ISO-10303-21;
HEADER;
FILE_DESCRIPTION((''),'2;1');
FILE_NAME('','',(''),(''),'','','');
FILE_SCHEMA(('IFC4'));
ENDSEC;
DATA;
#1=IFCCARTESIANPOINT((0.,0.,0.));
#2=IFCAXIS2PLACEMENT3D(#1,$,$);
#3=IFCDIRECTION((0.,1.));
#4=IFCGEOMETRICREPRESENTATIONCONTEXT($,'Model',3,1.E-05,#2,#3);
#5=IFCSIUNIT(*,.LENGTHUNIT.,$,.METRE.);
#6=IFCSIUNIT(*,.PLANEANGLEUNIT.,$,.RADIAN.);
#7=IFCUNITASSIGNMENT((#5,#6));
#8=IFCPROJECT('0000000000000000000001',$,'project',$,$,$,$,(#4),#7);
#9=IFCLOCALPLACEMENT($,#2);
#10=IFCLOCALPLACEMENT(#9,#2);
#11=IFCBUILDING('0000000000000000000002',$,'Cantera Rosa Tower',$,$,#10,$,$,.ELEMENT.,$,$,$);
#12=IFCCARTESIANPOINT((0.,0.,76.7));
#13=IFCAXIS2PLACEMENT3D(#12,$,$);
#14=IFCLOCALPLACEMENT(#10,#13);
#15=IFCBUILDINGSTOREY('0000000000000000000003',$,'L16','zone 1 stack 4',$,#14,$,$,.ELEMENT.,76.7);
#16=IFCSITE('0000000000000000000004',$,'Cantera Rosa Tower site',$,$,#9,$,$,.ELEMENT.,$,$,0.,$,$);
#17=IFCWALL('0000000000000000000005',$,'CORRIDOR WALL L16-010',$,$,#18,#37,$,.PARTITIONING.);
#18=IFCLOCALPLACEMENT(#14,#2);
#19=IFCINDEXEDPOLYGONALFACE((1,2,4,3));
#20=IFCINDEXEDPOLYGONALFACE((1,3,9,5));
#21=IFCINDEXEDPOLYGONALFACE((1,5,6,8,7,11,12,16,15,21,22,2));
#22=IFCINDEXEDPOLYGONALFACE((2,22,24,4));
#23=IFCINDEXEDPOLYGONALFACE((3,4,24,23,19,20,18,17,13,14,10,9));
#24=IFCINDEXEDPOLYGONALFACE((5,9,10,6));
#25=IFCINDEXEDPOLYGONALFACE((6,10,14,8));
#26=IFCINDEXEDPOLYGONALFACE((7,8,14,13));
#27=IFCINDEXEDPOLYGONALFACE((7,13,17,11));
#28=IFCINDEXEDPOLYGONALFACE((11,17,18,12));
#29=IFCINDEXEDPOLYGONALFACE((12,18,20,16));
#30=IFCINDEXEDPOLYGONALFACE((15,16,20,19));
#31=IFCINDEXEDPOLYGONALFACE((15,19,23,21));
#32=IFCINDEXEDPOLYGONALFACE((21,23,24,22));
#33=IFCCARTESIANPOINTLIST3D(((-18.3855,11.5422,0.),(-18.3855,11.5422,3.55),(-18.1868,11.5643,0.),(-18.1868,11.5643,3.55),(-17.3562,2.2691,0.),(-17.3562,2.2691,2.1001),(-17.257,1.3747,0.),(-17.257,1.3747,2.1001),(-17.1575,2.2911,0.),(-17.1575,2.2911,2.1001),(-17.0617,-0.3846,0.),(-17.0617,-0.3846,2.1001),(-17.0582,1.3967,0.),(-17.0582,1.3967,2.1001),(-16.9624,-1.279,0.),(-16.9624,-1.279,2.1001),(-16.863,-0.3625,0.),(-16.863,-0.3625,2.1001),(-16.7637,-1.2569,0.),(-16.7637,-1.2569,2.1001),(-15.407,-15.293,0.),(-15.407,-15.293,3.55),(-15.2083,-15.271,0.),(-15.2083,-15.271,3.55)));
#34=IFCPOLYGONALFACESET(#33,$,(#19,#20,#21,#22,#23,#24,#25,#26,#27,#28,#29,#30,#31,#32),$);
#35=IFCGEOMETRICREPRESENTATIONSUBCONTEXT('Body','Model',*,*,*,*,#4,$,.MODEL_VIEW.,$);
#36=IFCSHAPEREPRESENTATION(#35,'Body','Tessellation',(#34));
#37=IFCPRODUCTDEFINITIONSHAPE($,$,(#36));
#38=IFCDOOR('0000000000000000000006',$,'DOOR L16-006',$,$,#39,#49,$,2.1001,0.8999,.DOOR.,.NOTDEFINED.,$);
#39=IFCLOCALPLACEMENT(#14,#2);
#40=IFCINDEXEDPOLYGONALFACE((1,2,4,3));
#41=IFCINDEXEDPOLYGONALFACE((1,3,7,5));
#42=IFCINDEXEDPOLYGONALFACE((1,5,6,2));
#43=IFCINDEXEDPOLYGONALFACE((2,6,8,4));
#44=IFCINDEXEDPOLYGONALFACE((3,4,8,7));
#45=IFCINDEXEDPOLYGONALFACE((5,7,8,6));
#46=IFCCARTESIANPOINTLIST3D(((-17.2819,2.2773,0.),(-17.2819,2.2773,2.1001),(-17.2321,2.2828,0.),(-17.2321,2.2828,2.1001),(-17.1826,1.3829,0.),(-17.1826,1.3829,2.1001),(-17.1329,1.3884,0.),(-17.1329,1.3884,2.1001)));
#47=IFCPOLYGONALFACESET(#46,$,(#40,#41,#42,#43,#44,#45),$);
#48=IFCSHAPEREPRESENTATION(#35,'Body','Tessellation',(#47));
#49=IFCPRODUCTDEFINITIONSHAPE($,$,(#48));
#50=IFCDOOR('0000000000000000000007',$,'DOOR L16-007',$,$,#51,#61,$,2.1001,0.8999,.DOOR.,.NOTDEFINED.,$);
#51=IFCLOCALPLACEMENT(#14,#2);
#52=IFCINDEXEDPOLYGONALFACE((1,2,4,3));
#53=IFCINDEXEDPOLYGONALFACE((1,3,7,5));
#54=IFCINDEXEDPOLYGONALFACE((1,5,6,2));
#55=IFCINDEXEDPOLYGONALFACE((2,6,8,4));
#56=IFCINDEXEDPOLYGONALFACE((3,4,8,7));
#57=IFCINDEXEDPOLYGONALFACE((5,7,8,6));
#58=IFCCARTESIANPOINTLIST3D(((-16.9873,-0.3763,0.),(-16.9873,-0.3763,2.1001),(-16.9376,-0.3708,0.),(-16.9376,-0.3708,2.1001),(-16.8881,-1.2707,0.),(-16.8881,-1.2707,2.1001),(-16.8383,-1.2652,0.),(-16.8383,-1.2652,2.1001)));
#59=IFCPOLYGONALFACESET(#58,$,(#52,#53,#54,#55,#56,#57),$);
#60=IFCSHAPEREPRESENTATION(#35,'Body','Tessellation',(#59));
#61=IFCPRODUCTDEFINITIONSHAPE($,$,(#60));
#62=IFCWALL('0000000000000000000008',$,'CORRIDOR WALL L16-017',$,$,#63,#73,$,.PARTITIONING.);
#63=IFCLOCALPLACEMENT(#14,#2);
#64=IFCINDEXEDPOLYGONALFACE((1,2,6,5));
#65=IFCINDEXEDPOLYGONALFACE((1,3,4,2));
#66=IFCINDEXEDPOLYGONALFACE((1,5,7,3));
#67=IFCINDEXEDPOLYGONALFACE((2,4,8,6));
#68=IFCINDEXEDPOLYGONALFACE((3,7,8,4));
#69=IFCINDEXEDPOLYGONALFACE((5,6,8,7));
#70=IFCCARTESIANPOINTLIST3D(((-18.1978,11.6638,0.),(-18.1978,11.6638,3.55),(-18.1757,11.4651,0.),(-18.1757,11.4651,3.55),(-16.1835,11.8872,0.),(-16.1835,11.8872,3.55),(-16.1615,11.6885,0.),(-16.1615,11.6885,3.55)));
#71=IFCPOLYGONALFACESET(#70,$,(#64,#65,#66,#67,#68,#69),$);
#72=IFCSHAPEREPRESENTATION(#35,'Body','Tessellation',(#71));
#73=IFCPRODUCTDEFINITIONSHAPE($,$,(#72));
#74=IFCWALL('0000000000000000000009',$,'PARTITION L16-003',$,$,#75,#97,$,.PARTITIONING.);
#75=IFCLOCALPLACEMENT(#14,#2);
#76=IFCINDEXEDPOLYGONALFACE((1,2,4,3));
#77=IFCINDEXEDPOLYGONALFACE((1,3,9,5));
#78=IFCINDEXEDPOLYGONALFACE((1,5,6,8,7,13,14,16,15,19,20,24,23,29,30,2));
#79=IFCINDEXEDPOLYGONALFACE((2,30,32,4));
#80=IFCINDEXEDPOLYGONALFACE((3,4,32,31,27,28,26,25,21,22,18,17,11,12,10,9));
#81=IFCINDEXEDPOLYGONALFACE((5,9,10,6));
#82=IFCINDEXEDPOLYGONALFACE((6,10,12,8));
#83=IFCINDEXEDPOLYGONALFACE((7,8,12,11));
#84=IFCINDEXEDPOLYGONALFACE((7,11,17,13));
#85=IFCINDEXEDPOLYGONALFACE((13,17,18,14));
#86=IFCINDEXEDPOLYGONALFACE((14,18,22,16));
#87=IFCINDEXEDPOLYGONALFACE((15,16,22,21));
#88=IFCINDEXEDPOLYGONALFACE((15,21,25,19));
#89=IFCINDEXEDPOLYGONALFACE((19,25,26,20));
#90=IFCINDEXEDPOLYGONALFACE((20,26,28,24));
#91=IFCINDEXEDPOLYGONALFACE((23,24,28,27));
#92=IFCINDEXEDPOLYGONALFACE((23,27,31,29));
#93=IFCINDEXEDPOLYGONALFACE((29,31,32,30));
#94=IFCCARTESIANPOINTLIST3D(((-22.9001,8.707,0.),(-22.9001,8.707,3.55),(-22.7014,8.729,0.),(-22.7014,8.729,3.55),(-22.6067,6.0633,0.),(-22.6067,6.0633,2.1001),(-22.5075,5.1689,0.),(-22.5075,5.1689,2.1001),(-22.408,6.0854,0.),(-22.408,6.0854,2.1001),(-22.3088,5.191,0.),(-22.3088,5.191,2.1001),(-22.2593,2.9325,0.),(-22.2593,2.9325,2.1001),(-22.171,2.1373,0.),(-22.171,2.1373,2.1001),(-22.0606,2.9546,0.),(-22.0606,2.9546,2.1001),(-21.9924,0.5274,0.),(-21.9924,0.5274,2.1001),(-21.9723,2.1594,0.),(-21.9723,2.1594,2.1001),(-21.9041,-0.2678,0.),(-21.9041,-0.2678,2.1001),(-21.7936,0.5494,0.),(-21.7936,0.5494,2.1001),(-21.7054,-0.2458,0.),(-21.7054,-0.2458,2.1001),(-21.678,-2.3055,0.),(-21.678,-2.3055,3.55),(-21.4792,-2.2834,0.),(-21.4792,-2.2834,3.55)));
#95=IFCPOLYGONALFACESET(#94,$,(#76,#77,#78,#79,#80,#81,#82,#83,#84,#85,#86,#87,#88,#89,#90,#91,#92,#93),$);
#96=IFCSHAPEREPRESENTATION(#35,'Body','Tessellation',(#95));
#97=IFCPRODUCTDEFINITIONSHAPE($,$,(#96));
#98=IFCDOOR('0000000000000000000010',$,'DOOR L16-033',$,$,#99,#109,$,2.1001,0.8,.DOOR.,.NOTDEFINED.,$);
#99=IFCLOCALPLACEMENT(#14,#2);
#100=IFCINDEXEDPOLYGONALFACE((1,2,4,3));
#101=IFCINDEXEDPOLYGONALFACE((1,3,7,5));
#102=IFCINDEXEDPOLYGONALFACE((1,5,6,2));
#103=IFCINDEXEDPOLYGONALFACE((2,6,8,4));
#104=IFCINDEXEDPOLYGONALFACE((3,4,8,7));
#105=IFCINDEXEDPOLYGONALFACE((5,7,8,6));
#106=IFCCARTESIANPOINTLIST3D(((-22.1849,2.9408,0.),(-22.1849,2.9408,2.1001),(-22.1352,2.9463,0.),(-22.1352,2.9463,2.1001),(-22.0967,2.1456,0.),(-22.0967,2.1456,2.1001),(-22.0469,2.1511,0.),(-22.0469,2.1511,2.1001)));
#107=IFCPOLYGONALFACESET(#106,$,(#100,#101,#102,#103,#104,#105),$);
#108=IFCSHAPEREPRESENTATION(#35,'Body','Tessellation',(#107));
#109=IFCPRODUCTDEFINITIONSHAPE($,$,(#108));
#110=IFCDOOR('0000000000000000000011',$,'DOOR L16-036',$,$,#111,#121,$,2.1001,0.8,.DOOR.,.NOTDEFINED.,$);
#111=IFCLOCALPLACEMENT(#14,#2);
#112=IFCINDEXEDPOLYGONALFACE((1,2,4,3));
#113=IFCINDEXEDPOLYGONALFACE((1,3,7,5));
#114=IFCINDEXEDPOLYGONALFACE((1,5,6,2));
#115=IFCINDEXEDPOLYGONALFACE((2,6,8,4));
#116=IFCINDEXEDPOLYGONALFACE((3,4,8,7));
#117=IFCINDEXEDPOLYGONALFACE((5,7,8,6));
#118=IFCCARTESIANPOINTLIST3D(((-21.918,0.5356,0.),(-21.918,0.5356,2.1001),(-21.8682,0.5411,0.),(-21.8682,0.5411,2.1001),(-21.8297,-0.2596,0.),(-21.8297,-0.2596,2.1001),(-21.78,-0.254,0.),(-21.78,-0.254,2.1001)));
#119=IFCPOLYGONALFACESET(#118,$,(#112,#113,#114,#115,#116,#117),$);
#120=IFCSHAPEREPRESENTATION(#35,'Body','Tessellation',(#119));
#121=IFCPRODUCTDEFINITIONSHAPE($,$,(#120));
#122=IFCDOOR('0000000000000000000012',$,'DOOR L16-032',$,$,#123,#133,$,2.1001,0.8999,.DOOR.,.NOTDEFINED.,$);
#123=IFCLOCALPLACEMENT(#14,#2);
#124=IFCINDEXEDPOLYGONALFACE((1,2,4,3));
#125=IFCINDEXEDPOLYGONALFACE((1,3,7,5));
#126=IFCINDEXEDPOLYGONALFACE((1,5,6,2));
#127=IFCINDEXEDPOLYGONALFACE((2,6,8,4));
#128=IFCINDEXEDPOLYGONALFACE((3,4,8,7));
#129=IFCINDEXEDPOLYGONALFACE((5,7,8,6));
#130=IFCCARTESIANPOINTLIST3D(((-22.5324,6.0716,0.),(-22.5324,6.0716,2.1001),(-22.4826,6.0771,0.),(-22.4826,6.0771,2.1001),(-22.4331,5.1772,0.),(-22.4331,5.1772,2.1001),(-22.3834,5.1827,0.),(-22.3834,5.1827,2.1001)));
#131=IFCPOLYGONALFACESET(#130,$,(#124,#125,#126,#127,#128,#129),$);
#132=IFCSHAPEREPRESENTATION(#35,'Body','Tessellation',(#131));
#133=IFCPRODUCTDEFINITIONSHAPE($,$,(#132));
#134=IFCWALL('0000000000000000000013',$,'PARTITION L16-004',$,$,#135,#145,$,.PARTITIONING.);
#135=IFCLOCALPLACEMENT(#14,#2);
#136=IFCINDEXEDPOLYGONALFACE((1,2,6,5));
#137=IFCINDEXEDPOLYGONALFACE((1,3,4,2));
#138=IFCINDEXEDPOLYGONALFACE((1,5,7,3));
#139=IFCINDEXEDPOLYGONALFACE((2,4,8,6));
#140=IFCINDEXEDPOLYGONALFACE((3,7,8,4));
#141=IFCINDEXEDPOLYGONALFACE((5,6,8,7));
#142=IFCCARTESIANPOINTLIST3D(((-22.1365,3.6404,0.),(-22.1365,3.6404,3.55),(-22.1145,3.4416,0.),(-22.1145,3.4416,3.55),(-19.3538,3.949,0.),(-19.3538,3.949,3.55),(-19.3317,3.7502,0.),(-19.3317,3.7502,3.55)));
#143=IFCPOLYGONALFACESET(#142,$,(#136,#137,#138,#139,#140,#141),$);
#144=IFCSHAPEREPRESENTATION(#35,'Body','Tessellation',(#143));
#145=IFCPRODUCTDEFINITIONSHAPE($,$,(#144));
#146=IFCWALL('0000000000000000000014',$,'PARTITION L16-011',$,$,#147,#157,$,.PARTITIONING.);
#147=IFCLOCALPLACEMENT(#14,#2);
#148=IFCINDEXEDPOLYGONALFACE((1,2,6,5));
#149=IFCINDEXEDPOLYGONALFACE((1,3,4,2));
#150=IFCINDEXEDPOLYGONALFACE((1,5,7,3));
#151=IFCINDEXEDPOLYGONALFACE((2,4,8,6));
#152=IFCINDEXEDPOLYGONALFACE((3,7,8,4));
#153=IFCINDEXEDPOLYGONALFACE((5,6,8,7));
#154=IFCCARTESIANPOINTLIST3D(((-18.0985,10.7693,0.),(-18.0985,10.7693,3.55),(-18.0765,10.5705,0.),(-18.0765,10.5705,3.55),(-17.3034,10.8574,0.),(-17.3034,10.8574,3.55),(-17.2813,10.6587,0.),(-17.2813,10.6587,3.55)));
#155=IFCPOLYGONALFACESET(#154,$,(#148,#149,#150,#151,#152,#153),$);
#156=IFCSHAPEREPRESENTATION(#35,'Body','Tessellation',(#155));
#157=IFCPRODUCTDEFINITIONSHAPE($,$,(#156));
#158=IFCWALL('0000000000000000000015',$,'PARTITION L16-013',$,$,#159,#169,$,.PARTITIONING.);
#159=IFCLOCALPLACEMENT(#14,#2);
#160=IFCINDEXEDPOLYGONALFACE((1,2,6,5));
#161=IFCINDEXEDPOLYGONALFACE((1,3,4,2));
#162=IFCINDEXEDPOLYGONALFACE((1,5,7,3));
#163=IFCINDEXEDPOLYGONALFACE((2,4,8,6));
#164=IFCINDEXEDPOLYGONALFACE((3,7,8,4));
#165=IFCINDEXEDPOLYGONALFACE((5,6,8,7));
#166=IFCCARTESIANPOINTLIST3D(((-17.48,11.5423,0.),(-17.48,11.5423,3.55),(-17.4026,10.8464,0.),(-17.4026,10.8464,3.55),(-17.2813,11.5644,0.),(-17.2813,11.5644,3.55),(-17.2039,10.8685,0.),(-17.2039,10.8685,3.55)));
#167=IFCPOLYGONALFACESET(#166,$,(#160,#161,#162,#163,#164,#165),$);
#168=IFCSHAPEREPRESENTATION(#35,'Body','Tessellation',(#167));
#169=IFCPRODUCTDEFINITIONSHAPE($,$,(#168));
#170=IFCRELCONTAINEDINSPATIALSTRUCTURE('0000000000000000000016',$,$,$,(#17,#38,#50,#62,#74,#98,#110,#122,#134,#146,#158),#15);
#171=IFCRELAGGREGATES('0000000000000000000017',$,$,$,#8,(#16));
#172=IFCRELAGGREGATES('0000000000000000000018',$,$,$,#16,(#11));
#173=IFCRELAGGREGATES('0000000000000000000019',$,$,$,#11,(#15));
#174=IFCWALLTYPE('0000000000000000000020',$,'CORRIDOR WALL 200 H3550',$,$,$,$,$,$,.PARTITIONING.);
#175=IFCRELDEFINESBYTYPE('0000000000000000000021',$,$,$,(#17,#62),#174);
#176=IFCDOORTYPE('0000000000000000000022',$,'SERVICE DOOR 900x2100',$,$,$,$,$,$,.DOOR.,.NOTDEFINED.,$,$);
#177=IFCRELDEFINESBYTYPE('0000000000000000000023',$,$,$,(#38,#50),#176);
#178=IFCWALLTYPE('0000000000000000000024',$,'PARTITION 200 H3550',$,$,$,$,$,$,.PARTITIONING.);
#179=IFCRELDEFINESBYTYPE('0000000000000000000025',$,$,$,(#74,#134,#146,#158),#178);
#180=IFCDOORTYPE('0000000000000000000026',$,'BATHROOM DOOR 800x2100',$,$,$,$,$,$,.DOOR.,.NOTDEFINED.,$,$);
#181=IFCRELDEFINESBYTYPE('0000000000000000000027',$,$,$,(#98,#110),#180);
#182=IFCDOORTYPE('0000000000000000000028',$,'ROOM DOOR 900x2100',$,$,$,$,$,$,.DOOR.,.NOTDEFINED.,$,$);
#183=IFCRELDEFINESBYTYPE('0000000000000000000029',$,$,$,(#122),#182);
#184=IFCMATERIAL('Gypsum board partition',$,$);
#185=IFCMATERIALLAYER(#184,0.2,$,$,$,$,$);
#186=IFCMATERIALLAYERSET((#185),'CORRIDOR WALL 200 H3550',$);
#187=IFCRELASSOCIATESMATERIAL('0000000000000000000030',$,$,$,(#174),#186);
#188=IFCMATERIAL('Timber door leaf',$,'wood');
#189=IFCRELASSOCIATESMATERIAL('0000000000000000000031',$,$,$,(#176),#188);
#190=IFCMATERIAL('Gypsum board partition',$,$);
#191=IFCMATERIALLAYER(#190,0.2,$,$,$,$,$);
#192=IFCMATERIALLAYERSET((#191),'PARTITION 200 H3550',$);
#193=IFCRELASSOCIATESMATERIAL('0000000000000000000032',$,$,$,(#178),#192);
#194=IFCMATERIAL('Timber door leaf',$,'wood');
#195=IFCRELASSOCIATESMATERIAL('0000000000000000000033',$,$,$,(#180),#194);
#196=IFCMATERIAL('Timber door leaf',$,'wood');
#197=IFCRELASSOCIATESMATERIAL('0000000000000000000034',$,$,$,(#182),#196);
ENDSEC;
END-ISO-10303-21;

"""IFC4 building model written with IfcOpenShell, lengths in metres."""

from ifc_helpers import new_model, si_unit, direction, frame, frame_2d, origin, place, context, subcontext, project, spatial, rectangle, extrude, material, layer, layer_set, type_object, element, fill, save


model = new_model("IFC4")

# Units and contexts
model_context = context("Model", 3, precision=1e-05, world=origin(), true_north=direction((0.0, 1.0)))
body_context = subcontext(model_context, "Body", "Model", "MODEL_VIEW")
ifc_project = project(units=[si_unit("LENGTHUNIT", "METRE"), si_unit("PLANEANGLEUNIT", "RADIAN")], contexts=[model_context])

# Site, building, storey
site_placement = place(None, origin())
site = spatial("IfcSite", under=ifc_project, at=site_placement, Name="Cantera Rosa Tower site", CompositionType="ELEMENT", RefElevation=0.0)
building_placement = place(site_placement, origin())
building = spatial("IfcBuilding", under=site, at=building_placement, Name="Cantera Rosa Tower", CompositionType="ELEMENT")
storey_placement = place(building_placement, frame((0.0, 0.0, 76.7)))
storey = spatial("IfcBuildingStorey", under=building, at=storey_placement, Name="L16", Description="zone 1 stack 4", CompositionType="ELEMENT", Elevation=76.7)

# Wall, openings, doors
ifc_material_1 = material(Name="Gypsum board partition")
ifc_layer_1 = layer(ifc_material_1, 0.2)
ifc_layer_set_1 = layer_set([ifc_layer_1], Name="CORRIDOR WALL 200 H3550")
wall_type_1 = type_object("IfcWallType", Name="CORRIDOR WALL 200 H3550", PredefinedType="PARTITIONING", material=ifc_layer_set_1)
wall_1_placement = place(storey_placement, frame((-18.2861, 11.5532, 0.0), z_axis=(0.0, 0.0, 1.0), x_axis=(0.110315, -0.993897, 0.0)))
wall_1 = element("IfcWall", 1, at=wall_1_placement, inside=storey, type_object=wall_type_1, Name="CORRIDOR WALL L16-010", PredefinedType="PARTITIONING", context=body_context, shape_type="SweptSolid", body=[
    extrude(rectangle(XDim=27.0, YDim=0.2, at=frame_2d((13.5, 0.0))), origin(), (0.0, 0.0, 1.0), 3.55),
])
opening_1_placement = place(wall_1_placement, frame((9.3301, 0.0, 0.0)))
opening_1 = element("IfcOpeningElement", 2, at=opening_1_placement, cuts=wall_1, PredefinedType="OPENING", context=body_context, shape_type="SweptSolid", body=[
    extrude(rectangle(XDim=0.8999, YDim=2.1001, at=frame_2d((0.45, 1.05))), frame((0.0, 0.1099, 0.0), z_axis=(0.0, -1.0, 0.0), x_axis=(1.0, 0.0, 0.0)), (0.0, 0.0, 1.0), 0.22),
])
opening_2_placement = place(wall_1_placement, frame((12.0, 0.0, 0.0)))
opening_2 = element("IfcOpeningElement", 3, at=opening_2_placement, cuts=wall_1, PredefinedType="OPENING", context=body_context, shape_type="SweptSolid", body=[
    extrude(rectangle(XDim=0.8999, YDim=2.1001, at=frame_2d((0.45, 1.05))), frame((0.0, 0.1099, 0.0), z_axis=(0.0, -1.0, 0.0), x_axis=(1.0, 0.0, 0.0)), (0.0, 0.0, 1.0), 0.22),
])
ifc_material_2 = material(Name="Timber door leaf", Category="wood")
door_type_1 = type_object("IfcDoorType", Name="SERVICE DOOR 900x2100", OperationType="NOTDEFINED", PredefinedType="DOOR", material=ifc_material_2)
door_1_placement = place(opening_1_placement, origin())
door_1 = element("IfcDoor", 4, at=door_1_placement, inside=storey, type_object=door_type_1, Name="DOOR L16-006", OperationType="NOTDEFINED", OverallHeight=2.1001, OverallWidth=0.8999, PredefinedType="DOOR", context=body_context, shape_type="SweptSolid", body=[
    extrude(rectangle(XDim=0.8999, YDim=2.1001, at=frame_2d((0.45, 1.05))), frame((0.0, 0.0249, 0.0), z_axis=(0.0, -1.0, 0.0), x_axis=(1.0, 0.0, 0.0)), (0.0, 0.0, 1.0), 0.05),
])
fill(opening_1, door_1)
door_2_placement = place(opening_2_placement, origin())
door_2 = element("IfcDoor", 5, at=door_2_placement, inside=storey, type_object=door_type_1, Name="DOOR L16-007", OperationType="NOTDEFINED", OverallHeight=2.1001, OverallWidth=0.8999, PredefinedType="DOOR", context=body_context, shape_type="SweptSolid", body=[
    extrude(rectangle(XDim=0.8999, YDim=2.1001, at=frame_2d((0.45, 1.05))), frame((0.0, 0.0249, 0.0), z_axis=(0.0, -1.0, 0.0), x_axis=(1.0, 0.0, 0.0)), (0.0, 0.0, 1.0), 0.05),
])
fill(opening_2, door_2)

# Wall
wall_2_placement = place(storey_placement, frame((-16.1726, 11.7878, 0.0), z_axis=(0.0, 0.0, 1.0), x_axis=(-0.993906, -0.110233, 0.0)))
element("IfcWall", 6, at=wall_2_placement, inside=storey, type_object=wall_type_1, Name="CORRIDOR WALL L16-017", PredefinedType="PARTITIONING", context=body_context, shape_type="SweptSolid", body=[
    extrude(rectangle(XDim=2.0266, YDim=0.2, at=frame_2d((1.0132, 0.0))), origin(), (0.0, 0.0, 1.0), 3.55),
])

# Wall, openings, doors
ifc_material_3 = material(Name="Gypsum board partition")
ifc_layer_2 = layer(ifc_material_3, 0.2)
ifc_layer_set_2 = layer_set([ifc_layer_2], Name="PARTITION 200 H3550")
wall_type_2 = type_object("IfcWallType", Name="PARTITION 200 H3550", PredefinedType="PARTITIONING", material=ifc_layer_set_2)
wall_3_placement = place(storey_placement, frame((-22.8008, 8.718, 0.0), z_axis=(0.0, 0.0, 1.0), x_axis=(0.110303, -0.993898, 0.0)))
wall_3 = element("IfcWall", 7, at=wall_3_placement, inside=storey, type_object=wall_type_2, Name="PARTITION L16-003", PredefinedType="PARTITIONING", context=body_context, shape_type="SweptSolid", body=[
    extrude(rectangle(XDim=11.0801, YDim=0.2, at=frame_2d((5.54, 0.0))), origin(), (0.0, 0.0, 1.0), 3.55),
])
opening_3_placement = place(wall_3_placement, frame((2.6599, 0.0, 0.0)))
opening_3 = element("IfcOpeningElement", 8, at=opening_3_placement, cuts=wall_3, PredefinedType="OPENING", context=body_context, shape_type="SweptSolid", body=[
    extrude(rectangle(XDim=0.8999, YDim=2.1001, at=frame_2d((0.45, 1.05))), frame((0.0, 0.1099, 0.0), z_axis=(0.0, -1.0, 0.0), x_axis=(1.0, 0.0, 0.0)), (0.0, 0.0, 1.0), 0.22),
])
opening_4_placement = place(wall_3_placement, frame((5.8101, 0.0, 0.0)))
opening_4 = element("IfcOpeningElement", 9, at=opening_4_placement, cuts=wall_3, PredefinedType="OPENING", context=body_context, shape_type="SweptSolid", body=[
    extrude(rectangle(XDim=0.8, YDim=2.1001, at=frame_2d((0.3999, 1.05))), frame((0.0, 0.1099, 0.0), z_axis=(0.0, -1.0, 0.0), x_axis=(1.0, 0.0, 0.0)), (0.0, 0.0, 1.0), 0.22),
])
opening_5_placement = place(wall_3_placement, frame((8.23, 0.0, 0.0)))
opening_5 = element("IfcOpeningElement", 10, at=opening_5_placement, cuts=wall_3, PredefinedType="OPENING", context=body_context, shape_type="SweptSolid", body=[
    extrude(rectangle(XDim=0.8, YDim=2.1001, at=frame_2d((0.3999, 1.05))), frame((0.0, 0.1099, 0.0), z_axis=(0.0, -1.0, 0.0), x_axis=(1.0, 0.0, 0.0)), (0.0, 0.0, 1.0), 0.22),
])
ifc_material_4 = material(Name="Timber door leaf", Category="wood")
door_type_2 = type_object("IfcDoorType", Name="BATHROOM DOOR 800x2100", OperationType="NOTDEFINED", PredefinedType="DOOR", material=ifc_material_4)
door_3_placement = place(opening_4_placement, origin())
door_3 = element("IfcDoor", 11, at=door_3_placement, inside=storey, type_object=door_type_2, Name="DOOR L16-033", OperationType="NOTDEFINED", OverallHeight=2.1001, OverallWidth=0.8, PredefinedType="DOOR", context=body_context, shape_type="SweptSolid", body=[
    extrude(rectangle(XDim=0.8, YDim=2.1001, at=frame_2d((0.3999, 1.05))), frame((0.0, 0.0249, 0.0), z_axis=(0.0, -1.0, 0.0), x_axis=(1.0, 0.0, 0.0)), (0.0, 0.0, 1.0), 0.05),
])
fill(opening_4, door_3)
door_4_placement = place(opening_5_placement, origin())
door_4 = element("IfcDoor", 12, at=door_4_placement, inside=storey, type_object=door_type_2, Name="DOOR L16-036", OperationType="NOTDEFINED", OverallHeight=2.1001, OverallWidth=0.8, PredefinedType="DOOR", context=body_context, shape_type="SweptSolid", body=[
    extrude(rectangle(XDim=0.8, YDim=2.1001, at=frame_2d((0.3999, 1.05))), frame((0.0, 0.0249, 0.0), z_axis=(0.0, -1.0, 0.0), x_axis=(1.0, 0.0, 0.0)), (0.0, 0.0, 1.0), 0.05),
])
fill(opening_5, door_4)
ifc_material_5 = material(Name="Timber door leaf", Category="wood")
door_type_3 = type_object("IfcDoorType", Name="ROOM DOOR 900x2100", OperationType="NOTDEFINED", PredefinedType="DOOR", material=ifc_material_5)
door_5_placement = place(opening_3_placement, origin())
door_5 = element("IfcDoor", 13, at=door_5_placement, inside=storey, type_object=door_type_3, Name="DOOR L16-032", OperationType="NOTDEFINED", OverallHeight=2.1001, OverallWidth=0.8999, PredefinedType="DOOR", context=body_context, shape_type="SweptSolid", body=[
    extrude(rectangle(XDim=0.8999, YDim=2.1001, at=frame_2d((0.45, 1.05))), frame((0.0, 0.0249, 0.0), z_axis=(0.0, -1.0, 0.0), x_axis=(1.0, 0.0, 0.0)), (0.0, 0.0, 1.0), 0.05),
])
fill(opening_3, door_5)

# Walls
wall_4_placement = place(storey_placement, frame((-22.1255, 3.541, 0.0), z_axis=(0.0, 0.0, 1.0), x_axis=(0.993907, 0.110221, 0.0)))
element("IfcWall", 14, at=wall_4_placement, inside=storey, type_object=wall_type_2, Name="PARTITION L16-004", PredefinedType="PARTITIONING", context=body_context, shape_type="SweptSolid", body=[
    extrude(rectangle(XDim=2.7998, YDim=0.2, at=frame_2d((1.3999, 0.0))), origin(), (0.0, 0.0, 1.0), 3.55),
])
wall_5_placement = place(storey_placement, frame((-18.0874, 10.6699, 0.0), z_axis=(0.0, 0.0, 1.0), x_axis=(0.993913, 0.110164, 0.0)))
element("IfcWall", 15, at=wall_5_placement, inside=storey, type_object=wall_type_2, Name="PARTITION L16-011", PredefinedType="PARTITIONING", context=body_context, shape_type="SweptSolid", body=[
    extrude(rectangle(XDim=0.8, YDim=0.2, at=frame_2d((0.3999, 0.0))), origin(), (0.0, 0.0, 1.0), 3.55),
])
wall_6_placement = place(storey_placement, frame((-17.3032, 10.8574, 0.0), z_axis=(0.0, 0.0, 1.0), x_axis=(-0.110546, 0.993871, 0.0)))
element("IfcWall", 16, at=wall_6_placement, inside=storey, type_object=wall_type_2, Name="PARTITION L16-013", PredefinedType="PARTITIONING", context=body_context, shape_type="SweptSolid", body=[
    extrude(rectangle(XDim=0.7002, YDim=0.2, at=frame_2d((0.3501, 0.0))), origin(), (0.0, 0.0, 1.0), 3.55),
])

save(model, "model.ifc")
